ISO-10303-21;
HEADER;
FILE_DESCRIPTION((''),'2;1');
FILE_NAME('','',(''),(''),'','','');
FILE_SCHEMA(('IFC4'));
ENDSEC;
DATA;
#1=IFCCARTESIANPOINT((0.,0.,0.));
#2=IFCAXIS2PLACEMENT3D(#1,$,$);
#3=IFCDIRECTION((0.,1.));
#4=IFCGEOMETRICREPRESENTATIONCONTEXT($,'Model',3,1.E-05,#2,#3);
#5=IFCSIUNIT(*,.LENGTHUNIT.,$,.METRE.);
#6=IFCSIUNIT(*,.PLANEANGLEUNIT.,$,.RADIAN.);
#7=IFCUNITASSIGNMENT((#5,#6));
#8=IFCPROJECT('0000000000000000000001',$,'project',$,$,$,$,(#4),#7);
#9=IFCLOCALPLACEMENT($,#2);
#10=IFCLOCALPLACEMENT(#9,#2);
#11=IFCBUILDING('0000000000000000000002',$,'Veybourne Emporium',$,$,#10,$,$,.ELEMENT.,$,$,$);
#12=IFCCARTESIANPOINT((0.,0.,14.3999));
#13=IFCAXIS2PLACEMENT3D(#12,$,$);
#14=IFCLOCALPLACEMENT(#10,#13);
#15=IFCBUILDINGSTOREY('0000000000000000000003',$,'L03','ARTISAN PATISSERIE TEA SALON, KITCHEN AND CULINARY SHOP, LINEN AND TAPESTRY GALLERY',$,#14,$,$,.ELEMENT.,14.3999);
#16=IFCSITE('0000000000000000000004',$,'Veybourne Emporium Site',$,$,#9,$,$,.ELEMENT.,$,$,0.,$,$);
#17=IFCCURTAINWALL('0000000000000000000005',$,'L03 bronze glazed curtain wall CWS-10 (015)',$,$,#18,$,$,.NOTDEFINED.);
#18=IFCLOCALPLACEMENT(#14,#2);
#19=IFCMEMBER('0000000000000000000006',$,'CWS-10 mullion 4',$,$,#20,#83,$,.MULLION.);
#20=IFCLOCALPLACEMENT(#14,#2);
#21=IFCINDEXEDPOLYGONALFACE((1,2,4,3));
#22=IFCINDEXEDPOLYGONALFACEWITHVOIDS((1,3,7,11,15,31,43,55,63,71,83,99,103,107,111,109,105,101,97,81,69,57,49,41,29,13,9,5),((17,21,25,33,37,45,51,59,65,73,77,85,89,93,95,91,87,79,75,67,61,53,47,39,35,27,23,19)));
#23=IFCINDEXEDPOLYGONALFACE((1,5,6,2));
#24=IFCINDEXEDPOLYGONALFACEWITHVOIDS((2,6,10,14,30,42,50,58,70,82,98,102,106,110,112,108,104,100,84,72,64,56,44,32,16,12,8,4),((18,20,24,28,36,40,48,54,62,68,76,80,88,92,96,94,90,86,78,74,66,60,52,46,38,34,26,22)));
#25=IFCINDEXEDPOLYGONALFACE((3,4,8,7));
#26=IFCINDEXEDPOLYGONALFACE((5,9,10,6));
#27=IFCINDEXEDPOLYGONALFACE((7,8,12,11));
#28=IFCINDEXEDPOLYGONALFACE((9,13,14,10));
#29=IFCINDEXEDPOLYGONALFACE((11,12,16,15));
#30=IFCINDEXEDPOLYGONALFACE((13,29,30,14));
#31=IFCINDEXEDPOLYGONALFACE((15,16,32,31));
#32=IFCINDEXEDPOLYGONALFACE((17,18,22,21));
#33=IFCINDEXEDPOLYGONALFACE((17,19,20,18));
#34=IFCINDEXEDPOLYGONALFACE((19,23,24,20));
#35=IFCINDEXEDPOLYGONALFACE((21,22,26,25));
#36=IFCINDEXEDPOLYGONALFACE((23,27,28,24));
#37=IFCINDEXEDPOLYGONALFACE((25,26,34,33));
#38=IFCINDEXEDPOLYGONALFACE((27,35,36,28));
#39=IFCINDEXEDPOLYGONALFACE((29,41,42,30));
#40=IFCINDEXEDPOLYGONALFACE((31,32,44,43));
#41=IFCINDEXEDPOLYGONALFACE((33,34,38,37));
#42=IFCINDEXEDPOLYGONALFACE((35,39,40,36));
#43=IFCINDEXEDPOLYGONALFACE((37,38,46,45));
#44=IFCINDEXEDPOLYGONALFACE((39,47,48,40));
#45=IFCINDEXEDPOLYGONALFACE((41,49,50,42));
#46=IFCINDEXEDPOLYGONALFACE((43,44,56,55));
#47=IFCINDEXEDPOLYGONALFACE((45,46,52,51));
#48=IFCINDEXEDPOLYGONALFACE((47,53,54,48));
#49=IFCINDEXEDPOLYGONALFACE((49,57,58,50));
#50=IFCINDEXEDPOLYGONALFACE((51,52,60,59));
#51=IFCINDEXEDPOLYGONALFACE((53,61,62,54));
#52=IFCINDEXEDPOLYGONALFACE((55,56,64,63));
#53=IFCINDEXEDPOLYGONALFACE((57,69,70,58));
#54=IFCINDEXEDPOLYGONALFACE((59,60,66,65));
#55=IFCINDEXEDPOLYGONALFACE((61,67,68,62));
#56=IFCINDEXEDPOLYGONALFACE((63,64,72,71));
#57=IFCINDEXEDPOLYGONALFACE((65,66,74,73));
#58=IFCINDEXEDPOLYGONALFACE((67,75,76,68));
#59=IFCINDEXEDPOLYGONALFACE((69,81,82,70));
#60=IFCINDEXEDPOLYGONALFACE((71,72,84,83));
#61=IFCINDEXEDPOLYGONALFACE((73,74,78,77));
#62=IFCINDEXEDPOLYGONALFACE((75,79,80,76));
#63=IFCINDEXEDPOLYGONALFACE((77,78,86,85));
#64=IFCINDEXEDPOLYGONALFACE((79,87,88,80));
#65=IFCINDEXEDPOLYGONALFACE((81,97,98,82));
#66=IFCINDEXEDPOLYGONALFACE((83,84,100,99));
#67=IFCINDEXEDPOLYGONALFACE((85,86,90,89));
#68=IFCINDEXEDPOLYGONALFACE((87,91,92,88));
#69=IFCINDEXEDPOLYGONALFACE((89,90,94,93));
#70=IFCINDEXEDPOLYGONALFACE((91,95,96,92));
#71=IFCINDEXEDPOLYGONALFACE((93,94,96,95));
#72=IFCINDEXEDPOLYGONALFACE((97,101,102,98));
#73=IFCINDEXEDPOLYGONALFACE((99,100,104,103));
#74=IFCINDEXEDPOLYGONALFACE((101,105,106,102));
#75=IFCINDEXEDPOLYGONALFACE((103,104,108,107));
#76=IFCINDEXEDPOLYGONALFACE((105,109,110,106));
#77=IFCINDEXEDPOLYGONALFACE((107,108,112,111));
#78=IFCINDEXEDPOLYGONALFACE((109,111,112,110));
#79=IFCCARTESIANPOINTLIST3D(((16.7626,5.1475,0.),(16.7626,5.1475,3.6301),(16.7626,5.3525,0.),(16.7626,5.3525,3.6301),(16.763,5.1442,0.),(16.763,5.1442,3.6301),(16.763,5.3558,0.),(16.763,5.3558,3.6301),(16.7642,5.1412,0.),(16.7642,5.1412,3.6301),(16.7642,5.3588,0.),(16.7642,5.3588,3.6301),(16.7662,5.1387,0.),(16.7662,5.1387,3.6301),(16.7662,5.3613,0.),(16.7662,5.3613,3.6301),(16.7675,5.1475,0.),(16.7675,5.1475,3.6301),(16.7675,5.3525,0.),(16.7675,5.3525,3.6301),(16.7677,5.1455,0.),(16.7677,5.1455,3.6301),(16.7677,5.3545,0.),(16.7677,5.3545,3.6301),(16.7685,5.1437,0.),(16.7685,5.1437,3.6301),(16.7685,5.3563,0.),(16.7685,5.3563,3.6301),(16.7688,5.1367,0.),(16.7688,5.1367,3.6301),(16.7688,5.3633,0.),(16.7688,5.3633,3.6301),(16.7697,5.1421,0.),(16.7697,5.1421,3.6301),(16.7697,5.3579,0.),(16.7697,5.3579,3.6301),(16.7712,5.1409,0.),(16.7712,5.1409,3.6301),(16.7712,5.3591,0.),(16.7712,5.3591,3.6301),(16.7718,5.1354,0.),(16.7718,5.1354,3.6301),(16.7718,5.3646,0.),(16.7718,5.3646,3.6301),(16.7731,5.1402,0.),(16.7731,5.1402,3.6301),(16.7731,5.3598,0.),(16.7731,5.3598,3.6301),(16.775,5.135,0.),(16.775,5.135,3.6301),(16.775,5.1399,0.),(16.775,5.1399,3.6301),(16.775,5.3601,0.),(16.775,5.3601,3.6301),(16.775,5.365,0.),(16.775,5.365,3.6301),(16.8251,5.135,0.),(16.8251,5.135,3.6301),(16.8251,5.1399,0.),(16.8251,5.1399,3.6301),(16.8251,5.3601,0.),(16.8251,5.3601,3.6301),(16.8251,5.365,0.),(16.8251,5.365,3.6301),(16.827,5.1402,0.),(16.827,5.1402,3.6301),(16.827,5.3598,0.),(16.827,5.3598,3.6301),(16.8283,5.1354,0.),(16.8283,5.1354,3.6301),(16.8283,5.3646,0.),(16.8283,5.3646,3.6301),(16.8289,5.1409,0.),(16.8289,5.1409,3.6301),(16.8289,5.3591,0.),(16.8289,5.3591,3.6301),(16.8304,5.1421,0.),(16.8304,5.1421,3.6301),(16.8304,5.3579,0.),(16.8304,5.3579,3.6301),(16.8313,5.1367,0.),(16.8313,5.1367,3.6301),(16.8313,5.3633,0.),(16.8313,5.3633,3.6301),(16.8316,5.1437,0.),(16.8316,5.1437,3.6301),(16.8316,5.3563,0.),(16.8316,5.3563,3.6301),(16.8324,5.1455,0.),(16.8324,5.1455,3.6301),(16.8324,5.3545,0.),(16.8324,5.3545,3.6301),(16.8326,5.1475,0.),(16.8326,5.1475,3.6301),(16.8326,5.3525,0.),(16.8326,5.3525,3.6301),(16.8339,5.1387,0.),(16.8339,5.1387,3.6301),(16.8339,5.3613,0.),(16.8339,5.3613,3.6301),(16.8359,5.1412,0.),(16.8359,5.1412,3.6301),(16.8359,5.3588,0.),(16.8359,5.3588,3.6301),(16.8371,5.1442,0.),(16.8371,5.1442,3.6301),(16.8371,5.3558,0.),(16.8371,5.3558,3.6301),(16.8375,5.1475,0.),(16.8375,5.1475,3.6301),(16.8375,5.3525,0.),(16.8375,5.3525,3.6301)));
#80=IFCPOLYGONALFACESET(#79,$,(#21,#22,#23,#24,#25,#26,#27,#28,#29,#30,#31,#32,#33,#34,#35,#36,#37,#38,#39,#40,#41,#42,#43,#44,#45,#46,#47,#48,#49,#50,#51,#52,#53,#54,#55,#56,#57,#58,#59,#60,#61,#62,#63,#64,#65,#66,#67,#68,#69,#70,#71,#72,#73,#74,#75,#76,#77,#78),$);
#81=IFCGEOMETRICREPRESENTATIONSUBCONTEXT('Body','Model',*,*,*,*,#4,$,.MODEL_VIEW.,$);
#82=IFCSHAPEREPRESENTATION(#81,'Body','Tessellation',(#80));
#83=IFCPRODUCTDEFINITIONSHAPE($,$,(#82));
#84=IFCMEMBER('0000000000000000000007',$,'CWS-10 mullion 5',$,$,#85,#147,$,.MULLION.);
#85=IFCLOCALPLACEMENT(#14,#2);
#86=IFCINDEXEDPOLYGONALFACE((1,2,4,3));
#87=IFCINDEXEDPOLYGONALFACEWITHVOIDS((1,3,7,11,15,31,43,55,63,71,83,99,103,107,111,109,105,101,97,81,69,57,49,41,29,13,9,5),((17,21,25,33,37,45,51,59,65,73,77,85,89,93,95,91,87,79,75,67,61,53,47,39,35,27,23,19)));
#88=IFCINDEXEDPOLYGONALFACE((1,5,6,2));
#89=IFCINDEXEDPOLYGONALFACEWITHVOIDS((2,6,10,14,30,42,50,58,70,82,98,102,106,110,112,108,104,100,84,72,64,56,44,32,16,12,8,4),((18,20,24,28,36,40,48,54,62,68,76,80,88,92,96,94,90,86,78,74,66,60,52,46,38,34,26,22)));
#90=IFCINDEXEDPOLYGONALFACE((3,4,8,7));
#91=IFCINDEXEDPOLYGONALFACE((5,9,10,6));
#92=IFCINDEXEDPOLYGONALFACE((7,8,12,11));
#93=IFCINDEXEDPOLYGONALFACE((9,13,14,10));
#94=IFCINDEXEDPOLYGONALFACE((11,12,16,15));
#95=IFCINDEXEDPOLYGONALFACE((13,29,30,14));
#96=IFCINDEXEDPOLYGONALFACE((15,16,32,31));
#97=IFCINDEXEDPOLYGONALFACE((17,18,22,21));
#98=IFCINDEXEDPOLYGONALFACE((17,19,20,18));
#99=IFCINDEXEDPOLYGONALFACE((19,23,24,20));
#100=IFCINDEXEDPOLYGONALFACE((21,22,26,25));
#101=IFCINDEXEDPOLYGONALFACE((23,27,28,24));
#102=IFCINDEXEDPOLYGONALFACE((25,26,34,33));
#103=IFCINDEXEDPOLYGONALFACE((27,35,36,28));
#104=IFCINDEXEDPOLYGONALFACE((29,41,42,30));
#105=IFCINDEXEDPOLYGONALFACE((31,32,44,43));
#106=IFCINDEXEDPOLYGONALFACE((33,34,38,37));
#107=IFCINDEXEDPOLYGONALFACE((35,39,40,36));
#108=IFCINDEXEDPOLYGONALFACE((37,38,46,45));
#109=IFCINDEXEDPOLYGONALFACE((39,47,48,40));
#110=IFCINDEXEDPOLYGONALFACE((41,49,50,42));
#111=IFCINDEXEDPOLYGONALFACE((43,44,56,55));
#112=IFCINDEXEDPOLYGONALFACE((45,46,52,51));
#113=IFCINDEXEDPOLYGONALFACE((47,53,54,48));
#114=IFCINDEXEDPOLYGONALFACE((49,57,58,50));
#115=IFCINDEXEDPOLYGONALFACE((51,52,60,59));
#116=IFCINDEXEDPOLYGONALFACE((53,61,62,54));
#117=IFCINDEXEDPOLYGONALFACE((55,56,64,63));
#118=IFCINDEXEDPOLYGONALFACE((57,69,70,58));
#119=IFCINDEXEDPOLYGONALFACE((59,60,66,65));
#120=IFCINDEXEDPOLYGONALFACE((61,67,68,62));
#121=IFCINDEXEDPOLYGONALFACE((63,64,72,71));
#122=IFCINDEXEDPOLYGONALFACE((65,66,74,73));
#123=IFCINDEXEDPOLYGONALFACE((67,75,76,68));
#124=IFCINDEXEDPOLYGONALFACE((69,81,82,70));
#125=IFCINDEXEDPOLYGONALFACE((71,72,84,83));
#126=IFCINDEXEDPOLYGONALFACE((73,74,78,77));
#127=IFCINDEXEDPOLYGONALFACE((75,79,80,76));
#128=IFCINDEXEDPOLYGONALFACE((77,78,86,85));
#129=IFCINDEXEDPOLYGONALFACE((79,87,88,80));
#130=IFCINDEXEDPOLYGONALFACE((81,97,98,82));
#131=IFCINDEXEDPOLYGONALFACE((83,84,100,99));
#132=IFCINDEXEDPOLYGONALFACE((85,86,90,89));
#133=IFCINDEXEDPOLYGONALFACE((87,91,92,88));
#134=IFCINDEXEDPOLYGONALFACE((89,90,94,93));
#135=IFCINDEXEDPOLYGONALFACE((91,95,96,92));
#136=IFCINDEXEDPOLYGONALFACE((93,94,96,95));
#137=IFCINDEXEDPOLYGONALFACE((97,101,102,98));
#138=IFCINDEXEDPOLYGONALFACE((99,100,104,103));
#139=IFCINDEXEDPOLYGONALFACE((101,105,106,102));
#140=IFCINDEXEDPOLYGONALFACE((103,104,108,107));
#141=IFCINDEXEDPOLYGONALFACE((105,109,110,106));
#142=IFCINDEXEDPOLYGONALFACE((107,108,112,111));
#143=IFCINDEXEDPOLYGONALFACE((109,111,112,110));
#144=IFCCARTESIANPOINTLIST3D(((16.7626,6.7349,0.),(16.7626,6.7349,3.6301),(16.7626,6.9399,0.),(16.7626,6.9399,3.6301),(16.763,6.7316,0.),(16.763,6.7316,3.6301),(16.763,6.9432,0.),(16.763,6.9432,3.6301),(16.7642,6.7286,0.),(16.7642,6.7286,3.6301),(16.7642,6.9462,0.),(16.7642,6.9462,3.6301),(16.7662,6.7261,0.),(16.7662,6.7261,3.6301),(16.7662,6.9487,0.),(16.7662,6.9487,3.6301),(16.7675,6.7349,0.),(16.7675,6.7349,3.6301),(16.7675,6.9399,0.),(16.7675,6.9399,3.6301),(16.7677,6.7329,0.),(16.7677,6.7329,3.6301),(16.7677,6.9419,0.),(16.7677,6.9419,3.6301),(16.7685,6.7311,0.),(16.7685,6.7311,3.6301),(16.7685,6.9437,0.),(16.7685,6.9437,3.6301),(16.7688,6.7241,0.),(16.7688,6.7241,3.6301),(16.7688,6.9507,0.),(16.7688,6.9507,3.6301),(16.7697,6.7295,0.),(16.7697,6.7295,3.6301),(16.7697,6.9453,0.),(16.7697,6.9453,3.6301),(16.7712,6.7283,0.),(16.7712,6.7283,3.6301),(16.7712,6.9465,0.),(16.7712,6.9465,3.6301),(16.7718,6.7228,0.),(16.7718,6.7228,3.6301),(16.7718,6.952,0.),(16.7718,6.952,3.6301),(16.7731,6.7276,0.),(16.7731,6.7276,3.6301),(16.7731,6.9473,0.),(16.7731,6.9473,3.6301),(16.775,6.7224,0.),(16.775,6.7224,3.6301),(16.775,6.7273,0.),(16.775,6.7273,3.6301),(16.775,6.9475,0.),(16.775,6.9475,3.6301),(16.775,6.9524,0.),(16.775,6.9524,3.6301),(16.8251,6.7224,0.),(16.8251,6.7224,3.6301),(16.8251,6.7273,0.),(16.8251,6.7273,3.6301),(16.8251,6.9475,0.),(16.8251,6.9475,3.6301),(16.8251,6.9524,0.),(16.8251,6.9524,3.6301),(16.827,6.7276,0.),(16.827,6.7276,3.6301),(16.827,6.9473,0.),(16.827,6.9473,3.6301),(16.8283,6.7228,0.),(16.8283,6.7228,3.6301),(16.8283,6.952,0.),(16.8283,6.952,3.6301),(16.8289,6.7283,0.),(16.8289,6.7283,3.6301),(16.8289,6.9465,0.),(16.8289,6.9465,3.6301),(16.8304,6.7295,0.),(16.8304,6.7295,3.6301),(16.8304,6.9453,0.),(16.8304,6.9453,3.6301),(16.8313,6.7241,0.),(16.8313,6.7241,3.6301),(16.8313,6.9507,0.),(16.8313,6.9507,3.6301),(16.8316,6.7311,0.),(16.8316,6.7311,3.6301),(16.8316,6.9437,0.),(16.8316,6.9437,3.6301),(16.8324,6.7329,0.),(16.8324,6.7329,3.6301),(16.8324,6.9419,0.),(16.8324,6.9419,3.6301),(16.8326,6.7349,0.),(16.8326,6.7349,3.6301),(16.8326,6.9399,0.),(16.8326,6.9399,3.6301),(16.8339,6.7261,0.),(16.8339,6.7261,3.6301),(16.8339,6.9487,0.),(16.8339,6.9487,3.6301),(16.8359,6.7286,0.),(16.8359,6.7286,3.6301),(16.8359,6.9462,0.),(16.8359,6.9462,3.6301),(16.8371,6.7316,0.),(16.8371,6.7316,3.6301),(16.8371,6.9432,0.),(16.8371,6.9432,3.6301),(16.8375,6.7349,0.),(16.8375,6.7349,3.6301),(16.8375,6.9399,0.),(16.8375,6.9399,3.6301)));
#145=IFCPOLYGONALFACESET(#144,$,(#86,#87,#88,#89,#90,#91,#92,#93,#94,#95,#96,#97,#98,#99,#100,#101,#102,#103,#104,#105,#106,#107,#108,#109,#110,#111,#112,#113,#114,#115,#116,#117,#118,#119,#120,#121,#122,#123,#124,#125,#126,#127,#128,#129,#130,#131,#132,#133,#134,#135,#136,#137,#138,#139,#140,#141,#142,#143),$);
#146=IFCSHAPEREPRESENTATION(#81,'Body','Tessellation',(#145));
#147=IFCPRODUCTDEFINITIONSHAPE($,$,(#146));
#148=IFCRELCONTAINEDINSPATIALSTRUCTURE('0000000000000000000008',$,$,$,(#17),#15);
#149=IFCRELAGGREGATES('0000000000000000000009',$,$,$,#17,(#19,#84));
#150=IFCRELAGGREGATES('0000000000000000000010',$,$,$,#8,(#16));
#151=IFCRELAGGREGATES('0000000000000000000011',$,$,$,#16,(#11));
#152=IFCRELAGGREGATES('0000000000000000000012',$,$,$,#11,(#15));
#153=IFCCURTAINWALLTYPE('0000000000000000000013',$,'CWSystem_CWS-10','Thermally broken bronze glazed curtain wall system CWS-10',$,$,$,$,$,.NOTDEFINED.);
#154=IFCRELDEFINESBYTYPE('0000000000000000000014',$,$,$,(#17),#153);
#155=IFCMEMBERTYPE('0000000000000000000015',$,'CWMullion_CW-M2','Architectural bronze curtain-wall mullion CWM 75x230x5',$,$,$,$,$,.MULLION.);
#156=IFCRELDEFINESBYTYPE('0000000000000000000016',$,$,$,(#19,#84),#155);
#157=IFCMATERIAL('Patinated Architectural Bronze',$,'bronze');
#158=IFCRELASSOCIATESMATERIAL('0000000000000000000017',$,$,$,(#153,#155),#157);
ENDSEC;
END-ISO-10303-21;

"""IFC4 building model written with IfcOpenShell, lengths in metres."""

from ifc_helpers import new_model, si_unit, direction, frame, origin, origin_2d, place, context, subcontext, project, spatial, hollow_rectangle, extrude, material, material_profile, profile_set, type_object, element, aggregate, save


model = new_model("IFC4")

# Units and contexts
model_context = context("Model", 3, precision=1e-05, world=origin(), true_north=direction((0.0, 1.0)))
body_context = subcontext(model_context, "Body", "Model", "MODEL_VIEW")
ifc_project = project(units=[si_unit("LENGTHUNIT", "METRE"), si_unit("PLANEANGLEUNIT", "RADIAN")], contexts=[model_context])

# Site, building, storey
site_placement = place(None, origin())
site = spatial("IfcSite", under=ifc_project, at=site_placement, Name="Veybourne Emporium Site", CompositionType="ELEMENT", RefElevation=0.0)
building_placement = place(site_placement, origin())
building = spatial("IfcBuilding", under=site, at=building_placement, Name="Veybourne Emporium", CompositionType="ELEMENT")
storey_placement = place(building_placement, frame((0.0, 0.0, 14.3999)))
storey = spatial("IfcBuildingStorey", under=building, at=storey_placement, Name="L03", Description="ARTISAN PATISSERIE TEA SALON, KITCHEN AND CULINARY SHOP, LINEN AND TAPESTRY GALLERY", CompositionType="ELEMENT", Elevation=14.3999)

# Curtain wall, members
ifc_material_1 = material(Name="Patinated Architectural Bronze", Category="bronze")
curtain_wall_type_1 = type_object("IfcCurtainWallType", Name="CWSystem_CWS-10", Description="Thermally broken bronze glazed curtain wall system CWS-10", PredefinedType="NOTDEFINED", material=ifc_material_1)
curtain_wall_1_placement = place(storey_placement, origin())
curtain_wall_1 = element("IfcCurtainWall", 1, at=curtain_wall_1_placement, inside=storey, type_object=curtain_wall_type_1, Name="L03 bronze glazed curtain wall CWS-10 (015)", PredefinedType="NOTDEFINED")
ifc_material_profile_1 = material_profile(ifc_material_1, hollow_rectangle(XDim=0.075, YDim=0.23, WallThickness=0.0049, InnerFilletRadius=0.0076, OuterFilletRadius=0.0125, at=origin_2d()), Name="CWM 75x230x5")
ifc_profile_set_1 = profile_set([ifc_material_profile_1], Name="Patinated Architectural Bronze")
member_type_1 = type_object("IfcMemberType", Name="CWMullion_CW-M2", Description="Architectural bronze curtain-wall mullion CWM 75x230x5", PredefinedType="MULLION", material=ifc_profile_set_1)
member_1_placement = place(storey_placement, frame((16.8, 5.25, 0.0), z_axis=(0.0, 0.0, 1.0), x_axis=(-1.0, 0.0, 0.0)))
member_1 = element("IfcMember", 2, at=member_1_placement, type_object=member_type_1, Name="CWS-10 mullion 4", PredefinedType="MULLION", context=body_context, shape_type="SweptSolid", body=[
    extrude(hollow_rectangle(XDim=0.075, YDim=0.23, WallThickness=0.0049, InnerFilletRadius=0.0076, OuterFilletRadius=0.0125, at=origin_2d()), origin(), (0.0, 0.0, 1.0), 3.6301),
])
member_2_placement = place(storey_placement, frame((16.8, 6.8374, 0.0), z_axis=(0.0, 0.0, 1.0), x_axis=(-1.0, 0.0, 0.0)))
member_2 = element("IfcMember", 3, at=member_2_placement, type_object=member_type_1, Name="CWS-10 mullion 5", PredefinedType="MULLION", context=body_context, shape_type="SweptSolid", body=[
    extrude(hollow_rectangle(XDim=0.075, YDim=0.23, WallThickness=0.0049, InnerFilletRadius=0.0076, OuterFilletRadius=0.0125, at=origin_2d()), origin(), (0.0, 0.0, 1.0), 3.6301),
])

aggregate(curtain_wall_1, [member_1, member_2])

save(model, "model.ifc")
